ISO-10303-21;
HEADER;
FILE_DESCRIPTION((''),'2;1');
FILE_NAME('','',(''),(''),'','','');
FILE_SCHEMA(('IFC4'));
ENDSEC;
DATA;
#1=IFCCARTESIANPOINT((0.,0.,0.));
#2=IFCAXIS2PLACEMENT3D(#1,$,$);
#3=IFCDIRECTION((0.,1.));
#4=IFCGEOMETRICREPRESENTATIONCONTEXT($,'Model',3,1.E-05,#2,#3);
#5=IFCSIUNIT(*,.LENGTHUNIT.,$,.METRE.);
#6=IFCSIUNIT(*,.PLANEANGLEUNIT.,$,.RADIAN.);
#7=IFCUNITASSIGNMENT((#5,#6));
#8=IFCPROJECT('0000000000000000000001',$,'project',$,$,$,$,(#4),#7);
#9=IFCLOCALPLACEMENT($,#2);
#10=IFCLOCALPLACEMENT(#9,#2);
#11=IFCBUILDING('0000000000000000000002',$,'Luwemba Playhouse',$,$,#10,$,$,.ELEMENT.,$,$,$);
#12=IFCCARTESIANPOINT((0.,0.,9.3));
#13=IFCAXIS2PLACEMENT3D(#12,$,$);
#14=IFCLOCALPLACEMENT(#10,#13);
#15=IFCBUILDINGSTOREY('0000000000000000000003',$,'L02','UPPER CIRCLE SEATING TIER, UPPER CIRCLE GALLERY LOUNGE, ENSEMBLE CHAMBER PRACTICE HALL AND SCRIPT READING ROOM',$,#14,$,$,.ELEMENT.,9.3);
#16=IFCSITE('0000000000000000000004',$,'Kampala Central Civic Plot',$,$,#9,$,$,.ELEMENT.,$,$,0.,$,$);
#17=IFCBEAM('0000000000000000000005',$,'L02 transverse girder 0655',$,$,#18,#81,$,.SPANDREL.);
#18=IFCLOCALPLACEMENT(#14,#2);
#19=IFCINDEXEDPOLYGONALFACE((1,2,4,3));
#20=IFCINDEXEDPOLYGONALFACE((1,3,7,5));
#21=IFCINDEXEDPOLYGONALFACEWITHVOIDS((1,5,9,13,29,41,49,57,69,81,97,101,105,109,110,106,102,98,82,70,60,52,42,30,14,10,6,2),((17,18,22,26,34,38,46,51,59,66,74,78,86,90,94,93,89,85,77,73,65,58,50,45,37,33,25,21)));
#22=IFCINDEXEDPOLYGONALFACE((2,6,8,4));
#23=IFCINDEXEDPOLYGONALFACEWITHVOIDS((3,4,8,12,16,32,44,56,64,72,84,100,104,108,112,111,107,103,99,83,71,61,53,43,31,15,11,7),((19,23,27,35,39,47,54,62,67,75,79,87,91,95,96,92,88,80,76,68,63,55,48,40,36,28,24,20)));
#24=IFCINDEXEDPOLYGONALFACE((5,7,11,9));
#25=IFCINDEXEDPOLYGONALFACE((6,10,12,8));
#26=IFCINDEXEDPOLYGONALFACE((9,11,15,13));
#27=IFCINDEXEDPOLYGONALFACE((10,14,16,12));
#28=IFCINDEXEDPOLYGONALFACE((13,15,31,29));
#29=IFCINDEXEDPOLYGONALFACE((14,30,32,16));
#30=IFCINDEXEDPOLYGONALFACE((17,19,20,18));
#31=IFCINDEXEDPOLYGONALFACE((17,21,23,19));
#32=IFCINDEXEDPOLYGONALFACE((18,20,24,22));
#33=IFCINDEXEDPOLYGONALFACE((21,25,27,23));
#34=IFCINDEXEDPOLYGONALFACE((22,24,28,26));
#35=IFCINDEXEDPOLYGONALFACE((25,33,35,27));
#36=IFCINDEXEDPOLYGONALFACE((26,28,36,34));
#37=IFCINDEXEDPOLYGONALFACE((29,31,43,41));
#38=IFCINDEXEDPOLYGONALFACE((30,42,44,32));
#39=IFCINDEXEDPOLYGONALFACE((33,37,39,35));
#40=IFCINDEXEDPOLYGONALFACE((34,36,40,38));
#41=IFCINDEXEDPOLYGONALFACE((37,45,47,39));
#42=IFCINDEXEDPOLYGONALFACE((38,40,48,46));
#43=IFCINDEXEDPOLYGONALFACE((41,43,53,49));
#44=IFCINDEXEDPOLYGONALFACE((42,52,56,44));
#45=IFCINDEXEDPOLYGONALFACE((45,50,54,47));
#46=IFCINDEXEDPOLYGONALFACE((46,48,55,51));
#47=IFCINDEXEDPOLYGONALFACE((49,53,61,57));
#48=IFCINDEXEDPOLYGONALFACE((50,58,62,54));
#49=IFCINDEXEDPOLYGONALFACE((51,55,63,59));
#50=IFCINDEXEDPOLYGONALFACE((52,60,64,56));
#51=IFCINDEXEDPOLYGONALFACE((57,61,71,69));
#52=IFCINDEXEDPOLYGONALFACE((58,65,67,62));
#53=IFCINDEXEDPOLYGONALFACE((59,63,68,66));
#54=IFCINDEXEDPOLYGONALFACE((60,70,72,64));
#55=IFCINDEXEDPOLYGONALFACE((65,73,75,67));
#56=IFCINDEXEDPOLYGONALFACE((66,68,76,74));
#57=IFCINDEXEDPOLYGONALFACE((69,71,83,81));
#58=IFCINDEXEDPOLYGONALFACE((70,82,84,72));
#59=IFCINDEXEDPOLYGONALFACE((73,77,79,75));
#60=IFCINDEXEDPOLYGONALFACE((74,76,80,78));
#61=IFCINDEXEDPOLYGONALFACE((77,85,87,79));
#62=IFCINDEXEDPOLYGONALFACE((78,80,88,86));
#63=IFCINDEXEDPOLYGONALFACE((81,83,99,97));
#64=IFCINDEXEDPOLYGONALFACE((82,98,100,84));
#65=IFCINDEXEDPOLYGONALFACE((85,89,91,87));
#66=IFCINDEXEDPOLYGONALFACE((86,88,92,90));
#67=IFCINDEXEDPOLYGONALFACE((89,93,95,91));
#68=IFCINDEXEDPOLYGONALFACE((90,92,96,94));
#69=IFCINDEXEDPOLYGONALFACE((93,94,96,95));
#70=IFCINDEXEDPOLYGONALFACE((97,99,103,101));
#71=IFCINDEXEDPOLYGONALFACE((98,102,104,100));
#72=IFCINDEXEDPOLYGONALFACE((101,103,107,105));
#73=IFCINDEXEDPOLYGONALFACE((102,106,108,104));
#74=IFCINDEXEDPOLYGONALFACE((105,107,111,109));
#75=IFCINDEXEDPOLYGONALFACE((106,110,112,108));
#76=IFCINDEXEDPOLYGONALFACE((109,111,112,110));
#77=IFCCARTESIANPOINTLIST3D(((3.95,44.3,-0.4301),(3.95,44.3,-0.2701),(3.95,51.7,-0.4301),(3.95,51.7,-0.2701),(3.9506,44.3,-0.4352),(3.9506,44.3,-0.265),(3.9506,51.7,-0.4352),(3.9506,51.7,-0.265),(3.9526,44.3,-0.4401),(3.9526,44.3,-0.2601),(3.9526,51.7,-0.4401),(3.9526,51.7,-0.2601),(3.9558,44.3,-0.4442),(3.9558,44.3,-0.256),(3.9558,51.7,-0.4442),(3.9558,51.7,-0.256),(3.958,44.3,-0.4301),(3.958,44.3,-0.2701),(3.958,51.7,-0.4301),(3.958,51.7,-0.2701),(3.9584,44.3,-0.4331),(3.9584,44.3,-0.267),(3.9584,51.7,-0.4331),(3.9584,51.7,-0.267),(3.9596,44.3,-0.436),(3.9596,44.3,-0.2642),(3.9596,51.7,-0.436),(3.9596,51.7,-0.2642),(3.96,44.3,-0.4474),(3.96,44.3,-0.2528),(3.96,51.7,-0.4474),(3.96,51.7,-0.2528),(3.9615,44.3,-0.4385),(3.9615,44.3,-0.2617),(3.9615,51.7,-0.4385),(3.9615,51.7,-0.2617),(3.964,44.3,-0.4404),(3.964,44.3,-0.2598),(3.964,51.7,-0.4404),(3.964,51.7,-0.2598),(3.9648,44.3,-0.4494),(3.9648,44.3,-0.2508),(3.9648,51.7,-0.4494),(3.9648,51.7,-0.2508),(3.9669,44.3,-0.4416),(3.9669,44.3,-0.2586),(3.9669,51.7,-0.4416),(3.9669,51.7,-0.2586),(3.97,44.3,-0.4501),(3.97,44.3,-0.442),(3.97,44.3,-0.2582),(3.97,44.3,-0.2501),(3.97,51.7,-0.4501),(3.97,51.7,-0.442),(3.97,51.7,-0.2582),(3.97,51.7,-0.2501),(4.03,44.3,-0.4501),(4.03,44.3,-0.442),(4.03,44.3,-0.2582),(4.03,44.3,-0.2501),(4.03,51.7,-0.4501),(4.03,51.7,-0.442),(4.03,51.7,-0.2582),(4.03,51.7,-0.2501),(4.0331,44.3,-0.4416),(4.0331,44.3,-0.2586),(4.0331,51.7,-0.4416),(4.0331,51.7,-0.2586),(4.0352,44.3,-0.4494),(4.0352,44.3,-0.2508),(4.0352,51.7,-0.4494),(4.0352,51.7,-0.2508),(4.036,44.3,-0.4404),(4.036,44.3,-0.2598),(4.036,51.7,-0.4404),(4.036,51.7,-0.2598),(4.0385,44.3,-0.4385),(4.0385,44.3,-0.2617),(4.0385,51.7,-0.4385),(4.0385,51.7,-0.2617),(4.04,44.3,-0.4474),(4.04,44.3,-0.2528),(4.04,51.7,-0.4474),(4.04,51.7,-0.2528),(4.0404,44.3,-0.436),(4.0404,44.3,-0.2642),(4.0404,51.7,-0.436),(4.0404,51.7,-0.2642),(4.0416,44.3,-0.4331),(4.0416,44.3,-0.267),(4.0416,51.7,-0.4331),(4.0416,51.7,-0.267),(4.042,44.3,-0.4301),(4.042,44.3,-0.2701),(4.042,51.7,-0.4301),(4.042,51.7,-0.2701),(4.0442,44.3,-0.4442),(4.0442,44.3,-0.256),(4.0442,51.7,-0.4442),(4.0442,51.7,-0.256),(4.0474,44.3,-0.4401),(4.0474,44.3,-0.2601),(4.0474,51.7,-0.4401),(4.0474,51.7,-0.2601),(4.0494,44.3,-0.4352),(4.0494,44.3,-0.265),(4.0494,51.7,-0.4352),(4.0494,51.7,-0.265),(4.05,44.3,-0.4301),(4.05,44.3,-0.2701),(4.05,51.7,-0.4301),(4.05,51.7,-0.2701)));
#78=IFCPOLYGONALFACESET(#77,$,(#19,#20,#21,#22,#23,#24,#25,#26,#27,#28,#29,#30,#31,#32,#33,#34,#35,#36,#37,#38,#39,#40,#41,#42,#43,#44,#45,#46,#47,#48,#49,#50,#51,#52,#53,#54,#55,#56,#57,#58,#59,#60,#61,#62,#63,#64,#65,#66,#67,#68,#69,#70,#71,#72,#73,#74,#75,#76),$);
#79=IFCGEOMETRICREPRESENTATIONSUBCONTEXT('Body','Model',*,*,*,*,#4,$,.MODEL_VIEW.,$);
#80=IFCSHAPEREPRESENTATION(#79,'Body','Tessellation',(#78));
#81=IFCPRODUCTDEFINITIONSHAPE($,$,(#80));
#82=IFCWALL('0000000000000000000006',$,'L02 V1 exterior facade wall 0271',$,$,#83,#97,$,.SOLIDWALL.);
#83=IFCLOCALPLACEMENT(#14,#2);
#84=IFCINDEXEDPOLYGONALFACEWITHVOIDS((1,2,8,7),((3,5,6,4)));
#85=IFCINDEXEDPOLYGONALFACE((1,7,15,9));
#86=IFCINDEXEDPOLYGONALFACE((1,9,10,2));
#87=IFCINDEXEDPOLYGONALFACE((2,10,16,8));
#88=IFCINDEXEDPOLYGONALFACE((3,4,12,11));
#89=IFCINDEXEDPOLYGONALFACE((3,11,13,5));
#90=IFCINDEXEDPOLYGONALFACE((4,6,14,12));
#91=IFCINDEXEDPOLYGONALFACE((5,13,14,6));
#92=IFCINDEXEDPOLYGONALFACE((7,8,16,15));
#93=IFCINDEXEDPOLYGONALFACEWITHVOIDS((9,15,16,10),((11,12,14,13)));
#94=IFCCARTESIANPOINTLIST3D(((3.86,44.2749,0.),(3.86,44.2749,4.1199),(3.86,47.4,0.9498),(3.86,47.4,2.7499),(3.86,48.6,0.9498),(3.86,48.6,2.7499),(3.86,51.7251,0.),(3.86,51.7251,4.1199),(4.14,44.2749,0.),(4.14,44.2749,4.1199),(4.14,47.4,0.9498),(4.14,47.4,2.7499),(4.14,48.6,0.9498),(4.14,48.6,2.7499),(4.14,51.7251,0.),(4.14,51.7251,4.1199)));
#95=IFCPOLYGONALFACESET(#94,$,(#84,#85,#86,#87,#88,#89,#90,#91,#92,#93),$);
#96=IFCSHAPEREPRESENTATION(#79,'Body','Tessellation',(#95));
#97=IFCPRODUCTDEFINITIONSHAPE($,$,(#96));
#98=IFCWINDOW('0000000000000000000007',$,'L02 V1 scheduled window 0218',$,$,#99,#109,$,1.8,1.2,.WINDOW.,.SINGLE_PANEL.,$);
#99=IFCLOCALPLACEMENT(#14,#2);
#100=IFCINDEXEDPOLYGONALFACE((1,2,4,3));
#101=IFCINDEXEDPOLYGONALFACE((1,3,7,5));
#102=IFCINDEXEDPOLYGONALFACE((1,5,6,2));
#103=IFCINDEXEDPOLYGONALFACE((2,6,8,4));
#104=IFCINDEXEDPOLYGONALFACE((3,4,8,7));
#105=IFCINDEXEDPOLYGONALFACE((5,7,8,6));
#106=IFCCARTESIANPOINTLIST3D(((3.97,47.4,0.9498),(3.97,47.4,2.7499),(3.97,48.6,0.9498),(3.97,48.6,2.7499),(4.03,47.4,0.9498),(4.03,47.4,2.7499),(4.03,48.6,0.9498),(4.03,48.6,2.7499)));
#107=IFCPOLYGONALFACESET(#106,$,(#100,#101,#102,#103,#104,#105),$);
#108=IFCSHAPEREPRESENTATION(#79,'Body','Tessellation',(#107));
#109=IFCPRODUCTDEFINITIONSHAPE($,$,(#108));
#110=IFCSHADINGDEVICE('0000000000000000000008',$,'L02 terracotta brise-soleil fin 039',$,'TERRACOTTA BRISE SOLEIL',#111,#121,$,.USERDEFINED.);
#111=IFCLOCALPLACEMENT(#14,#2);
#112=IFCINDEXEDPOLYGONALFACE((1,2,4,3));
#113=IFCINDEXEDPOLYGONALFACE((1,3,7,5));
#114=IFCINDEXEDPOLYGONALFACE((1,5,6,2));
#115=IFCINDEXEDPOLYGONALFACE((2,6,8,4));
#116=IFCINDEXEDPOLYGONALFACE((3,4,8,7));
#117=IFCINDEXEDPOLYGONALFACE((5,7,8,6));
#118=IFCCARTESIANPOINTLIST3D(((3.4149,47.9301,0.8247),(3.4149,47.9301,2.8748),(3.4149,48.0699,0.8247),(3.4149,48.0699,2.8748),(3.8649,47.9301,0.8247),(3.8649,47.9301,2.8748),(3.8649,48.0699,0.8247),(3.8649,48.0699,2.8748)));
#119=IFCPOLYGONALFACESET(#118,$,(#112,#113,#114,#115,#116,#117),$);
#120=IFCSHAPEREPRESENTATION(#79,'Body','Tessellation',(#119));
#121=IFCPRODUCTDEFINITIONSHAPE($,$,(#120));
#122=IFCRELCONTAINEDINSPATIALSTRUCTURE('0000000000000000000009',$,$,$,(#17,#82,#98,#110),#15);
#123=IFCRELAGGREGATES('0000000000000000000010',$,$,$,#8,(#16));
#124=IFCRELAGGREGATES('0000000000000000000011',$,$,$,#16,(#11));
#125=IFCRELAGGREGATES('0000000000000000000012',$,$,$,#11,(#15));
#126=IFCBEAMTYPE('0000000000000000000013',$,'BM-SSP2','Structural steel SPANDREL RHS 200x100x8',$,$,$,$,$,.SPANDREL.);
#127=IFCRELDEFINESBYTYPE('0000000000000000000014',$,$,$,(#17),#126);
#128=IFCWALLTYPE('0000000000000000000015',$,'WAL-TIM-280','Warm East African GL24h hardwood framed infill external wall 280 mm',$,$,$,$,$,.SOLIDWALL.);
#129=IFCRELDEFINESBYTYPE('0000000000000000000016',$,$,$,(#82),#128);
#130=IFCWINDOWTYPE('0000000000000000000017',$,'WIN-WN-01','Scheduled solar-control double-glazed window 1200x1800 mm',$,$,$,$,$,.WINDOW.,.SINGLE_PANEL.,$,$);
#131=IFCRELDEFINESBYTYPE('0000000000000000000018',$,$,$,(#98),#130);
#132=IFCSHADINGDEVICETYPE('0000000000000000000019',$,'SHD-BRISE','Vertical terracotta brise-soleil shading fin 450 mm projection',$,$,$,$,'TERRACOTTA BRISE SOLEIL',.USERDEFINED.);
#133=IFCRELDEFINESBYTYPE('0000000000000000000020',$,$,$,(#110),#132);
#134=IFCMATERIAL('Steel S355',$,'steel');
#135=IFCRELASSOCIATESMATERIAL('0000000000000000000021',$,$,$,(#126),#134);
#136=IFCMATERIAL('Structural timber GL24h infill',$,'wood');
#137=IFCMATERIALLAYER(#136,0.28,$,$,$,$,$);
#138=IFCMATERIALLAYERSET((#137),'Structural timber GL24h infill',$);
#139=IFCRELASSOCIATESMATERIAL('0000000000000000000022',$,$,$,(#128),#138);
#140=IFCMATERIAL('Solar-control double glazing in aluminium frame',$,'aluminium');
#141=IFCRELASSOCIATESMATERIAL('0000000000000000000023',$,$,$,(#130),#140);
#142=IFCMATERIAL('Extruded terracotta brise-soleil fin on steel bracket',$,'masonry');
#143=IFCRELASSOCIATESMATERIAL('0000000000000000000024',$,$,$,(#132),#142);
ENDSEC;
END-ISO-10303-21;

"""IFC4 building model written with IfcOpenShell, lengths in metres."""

from ifc_helpers import new_model, si_unit, direction, frame, frame_2d, origin, origin_2d, place, context, subcontext, project, spatial, rectangle, hollow_rectangle, extrude, material, layer, layer_set, material_profile, profile_set, type_object, element, fill, save


model = new_model("IFC4")

# Units and contexts
model_context = context("Model", 3, precision=1e-05, world=origin(), true_north=direction((0.0, 1.0)))
body_context = subcontext(model_context, "Body", "Model", "MODEL_VIEW")
ifc_project = project(units=[si_unit("LENGTHUNIT", "METRE"), si_unit("PLANEANGLEUNIT", "RADIAN")], contexts=[model_context])

# Site, building, storey
site_placement = place(None, origin())
site = spatial("IfcSite", under=ifc_project, at=site_placement, Name="Kampala Central Civic Plot", CompositionType="ELEMENT", RefElevation=0.0)
building_placement = place(site_placement, origin())
building = spatial("IfcBuilding", under=site, at=building_placement, Name="Luwemba Playhouse", CompositionType="ELEMENT")
storey_placement = place(building_placement, frame((0.0, 0.0, 9.3)))
storey = spatial("IfcBuildingStorey", under=building, at=storey_placement, Name="L02", Description="UPPER CIRCLE SEATING TIER, UPPER CIRCLE GALLERY LOUNGE, ENSEMBLE CHAMBER PRACTICE HALL AND SCRIPT READING ROOM", CompositionType="ELEMENT", Elevation=9.3)

# Shared definitions
ifc_material_1 = material(Name="Steel S355", Category="steel")

# Beam
ifc_material_profile_1 = material_profile(ifc_material_1, hollow_rectangle(XDim=0.1001, YDim=0.2, WallThickness=0.0081, InnerFilletRadius=0.012, OuterFilletRadius=0.02, at=origin_2d()))
ifc_profile_set_1 = profile_set([ifc_material_profile_1], Name="Steel S355")
beam_type_1 = type_object("IfcBeamType", Name="BM-SSP2", Description="Structural steel SPANDREL RHS 200x100x8", PredefinedType="SPANDREL", material=ifc_profile_set_1)
beam_1_placement = place(storey_placement, frame((4.0, 44.3, -0.3501), z_axis=(0.0, 1.0, 0.0), x_axis=(-1.0, 0.0, 0.0)))
element("IfcBeam", 1, at=beam_1_placement, inside=storey, type_object=beam_type_1, Name="L02 transverse girder 0655", PredefinedType="SPANDREL", context=body_context, shape_type="SweptSolid", body=[
    extrude(hollow_rectangle(XDim=0.1001, YDim=0.2, WallThickness=0.0081, InnerFilletRadius=0.012, OuterFilletRadius=0.02, at=origin_2d()), origin(), (0.0, 0.0, 1.0), 7.3999),
])

# Wall, opening, window
ifc_material_2 = material(Name="Structural timber GL24h infill", Category="wood")
ifc_layer = layer(ifc_material_2, 0.28)
ifc_layer_set = layer_set([ifc_layer], Name="Structural timber GL24h infill")
wall_type = type_object("IfcWallType", Name="WAL-TIM-280", Description="Warm East African GL24h hardwood framed infill external wall 280 mm", PredefinedType="SOLIDWALL", material=ifc_layer_set)
wall_placement = place(storey_placement, frame((4.0, 44.2749, 0.0), z_axis=(0.0, 0.0, 1.0), x_axis=(0.0, 1.0, 0.0)))
wall = element("IfcWall", 2, at=wall_placement, inside=storey, type_object=wall_type, Name="L02 V1 exterior facade wall 0271", PredefinedType="SOLIDWALL", context=body_context, shape_type="SweptSolid", body=[
    extrude(rectangle(XDim=7.4502, YDim=0.28, at=frame_2d((3.7251, 0.0))), origin(), (0.0, 0.0, 1.0), 4.1199),
])
opening_placement = place(wall_placement, frame((3.125, 0.0, 0.95)))
opening = element("IfcOpeningElement", 3, at=opening_placement, cuts=wall, PredefinedType="OPENING", context=body_context, shape_type="SweptSolid", body=[
    extrude(rectangle(XDim=1.2, YDim=1.8, at=frame_2d((0.6001, 0.8999))), frame((0.0, 0.1499, 0.0), z_axis=(0.0, -1.0, 0.0), x_axis=(1.0, 0.0, 0.0)), (0.0, 0.0, 1.0), 0.3),
])
ifc_material_3 = material(Name="Solar-control double glazing in aluminium frame", Category="aluminium")
window_type = type_object("IfcWindowType", Name="WIN-WN-01", Description="Scheduled solar-control double-glazed window 1200x1800 mm", PartitioningType="SINGLE_PANEL", PredefinedType="WINDOW", material=ifc_material_3)
window_placement = place(opening_placement, origin())
window = element("IfcWindow", 4, at=window_placement, inside=storey, type_object=window_type, Name="L02 V1 scheduled window 0218", OverallHeight=1.8, OverallWidth=1.2, PartitioningType="SINGLE_PANEL", PredefinedType="WINDOW", context=body_context, shape_type="SweptSolid", body=[
    extrude(rectangle(XDim=1.2, YDim=1.8, at=frame_2d((0.6001, 0.8999))), frame((0.0, 0.03, 0.0), z_axis=(0.0, -1.0, 0.0), x_axis=(1.0, 0.0, 0.0)), (0.0, 0.0, 1.0), 0.0601),
])
fill(opening, window)

# Shading device
ifc_material_4 = material(Name="Extruded terracotta brise-soleil fin on steel bracket", Category="masonry")
shading_device_type = type_object("IfcShadingDeviceType", Name="SHD-BRISE", Description="Vertical terracotta brise-soleil shading fin 450 mm projection", ElementType="TERRACOTTA BRISE SOLEIL", PredefinedType="USERDEFINED", material=ifc_material_4)
shading_device_placement = place(storey_placement, frame((3.6399, 48.0, 0.8247), z_axis=(0.0, 0.0, 1.0), x_axis=(0.0, 1.0, 0.0)))
element("IfcShadingDevice", 5, at=shading_device_placement, inside=storey, type_object=shading_device_type, Name="L02 terracotta brise-soleil fin 039", ObjectType="TERRACOTTA BRISE SOLEIL", PredefinedType="USERDEFINED", context=body_context, shape_type="SweptSolid", body=[
    extrude(rectangle(XDim=0.1399, YDim=0.45, at=origin_2d()), origin(), (0.0, 0.0, 1.0), 2.05),
])

save(model, "model.ifc")
